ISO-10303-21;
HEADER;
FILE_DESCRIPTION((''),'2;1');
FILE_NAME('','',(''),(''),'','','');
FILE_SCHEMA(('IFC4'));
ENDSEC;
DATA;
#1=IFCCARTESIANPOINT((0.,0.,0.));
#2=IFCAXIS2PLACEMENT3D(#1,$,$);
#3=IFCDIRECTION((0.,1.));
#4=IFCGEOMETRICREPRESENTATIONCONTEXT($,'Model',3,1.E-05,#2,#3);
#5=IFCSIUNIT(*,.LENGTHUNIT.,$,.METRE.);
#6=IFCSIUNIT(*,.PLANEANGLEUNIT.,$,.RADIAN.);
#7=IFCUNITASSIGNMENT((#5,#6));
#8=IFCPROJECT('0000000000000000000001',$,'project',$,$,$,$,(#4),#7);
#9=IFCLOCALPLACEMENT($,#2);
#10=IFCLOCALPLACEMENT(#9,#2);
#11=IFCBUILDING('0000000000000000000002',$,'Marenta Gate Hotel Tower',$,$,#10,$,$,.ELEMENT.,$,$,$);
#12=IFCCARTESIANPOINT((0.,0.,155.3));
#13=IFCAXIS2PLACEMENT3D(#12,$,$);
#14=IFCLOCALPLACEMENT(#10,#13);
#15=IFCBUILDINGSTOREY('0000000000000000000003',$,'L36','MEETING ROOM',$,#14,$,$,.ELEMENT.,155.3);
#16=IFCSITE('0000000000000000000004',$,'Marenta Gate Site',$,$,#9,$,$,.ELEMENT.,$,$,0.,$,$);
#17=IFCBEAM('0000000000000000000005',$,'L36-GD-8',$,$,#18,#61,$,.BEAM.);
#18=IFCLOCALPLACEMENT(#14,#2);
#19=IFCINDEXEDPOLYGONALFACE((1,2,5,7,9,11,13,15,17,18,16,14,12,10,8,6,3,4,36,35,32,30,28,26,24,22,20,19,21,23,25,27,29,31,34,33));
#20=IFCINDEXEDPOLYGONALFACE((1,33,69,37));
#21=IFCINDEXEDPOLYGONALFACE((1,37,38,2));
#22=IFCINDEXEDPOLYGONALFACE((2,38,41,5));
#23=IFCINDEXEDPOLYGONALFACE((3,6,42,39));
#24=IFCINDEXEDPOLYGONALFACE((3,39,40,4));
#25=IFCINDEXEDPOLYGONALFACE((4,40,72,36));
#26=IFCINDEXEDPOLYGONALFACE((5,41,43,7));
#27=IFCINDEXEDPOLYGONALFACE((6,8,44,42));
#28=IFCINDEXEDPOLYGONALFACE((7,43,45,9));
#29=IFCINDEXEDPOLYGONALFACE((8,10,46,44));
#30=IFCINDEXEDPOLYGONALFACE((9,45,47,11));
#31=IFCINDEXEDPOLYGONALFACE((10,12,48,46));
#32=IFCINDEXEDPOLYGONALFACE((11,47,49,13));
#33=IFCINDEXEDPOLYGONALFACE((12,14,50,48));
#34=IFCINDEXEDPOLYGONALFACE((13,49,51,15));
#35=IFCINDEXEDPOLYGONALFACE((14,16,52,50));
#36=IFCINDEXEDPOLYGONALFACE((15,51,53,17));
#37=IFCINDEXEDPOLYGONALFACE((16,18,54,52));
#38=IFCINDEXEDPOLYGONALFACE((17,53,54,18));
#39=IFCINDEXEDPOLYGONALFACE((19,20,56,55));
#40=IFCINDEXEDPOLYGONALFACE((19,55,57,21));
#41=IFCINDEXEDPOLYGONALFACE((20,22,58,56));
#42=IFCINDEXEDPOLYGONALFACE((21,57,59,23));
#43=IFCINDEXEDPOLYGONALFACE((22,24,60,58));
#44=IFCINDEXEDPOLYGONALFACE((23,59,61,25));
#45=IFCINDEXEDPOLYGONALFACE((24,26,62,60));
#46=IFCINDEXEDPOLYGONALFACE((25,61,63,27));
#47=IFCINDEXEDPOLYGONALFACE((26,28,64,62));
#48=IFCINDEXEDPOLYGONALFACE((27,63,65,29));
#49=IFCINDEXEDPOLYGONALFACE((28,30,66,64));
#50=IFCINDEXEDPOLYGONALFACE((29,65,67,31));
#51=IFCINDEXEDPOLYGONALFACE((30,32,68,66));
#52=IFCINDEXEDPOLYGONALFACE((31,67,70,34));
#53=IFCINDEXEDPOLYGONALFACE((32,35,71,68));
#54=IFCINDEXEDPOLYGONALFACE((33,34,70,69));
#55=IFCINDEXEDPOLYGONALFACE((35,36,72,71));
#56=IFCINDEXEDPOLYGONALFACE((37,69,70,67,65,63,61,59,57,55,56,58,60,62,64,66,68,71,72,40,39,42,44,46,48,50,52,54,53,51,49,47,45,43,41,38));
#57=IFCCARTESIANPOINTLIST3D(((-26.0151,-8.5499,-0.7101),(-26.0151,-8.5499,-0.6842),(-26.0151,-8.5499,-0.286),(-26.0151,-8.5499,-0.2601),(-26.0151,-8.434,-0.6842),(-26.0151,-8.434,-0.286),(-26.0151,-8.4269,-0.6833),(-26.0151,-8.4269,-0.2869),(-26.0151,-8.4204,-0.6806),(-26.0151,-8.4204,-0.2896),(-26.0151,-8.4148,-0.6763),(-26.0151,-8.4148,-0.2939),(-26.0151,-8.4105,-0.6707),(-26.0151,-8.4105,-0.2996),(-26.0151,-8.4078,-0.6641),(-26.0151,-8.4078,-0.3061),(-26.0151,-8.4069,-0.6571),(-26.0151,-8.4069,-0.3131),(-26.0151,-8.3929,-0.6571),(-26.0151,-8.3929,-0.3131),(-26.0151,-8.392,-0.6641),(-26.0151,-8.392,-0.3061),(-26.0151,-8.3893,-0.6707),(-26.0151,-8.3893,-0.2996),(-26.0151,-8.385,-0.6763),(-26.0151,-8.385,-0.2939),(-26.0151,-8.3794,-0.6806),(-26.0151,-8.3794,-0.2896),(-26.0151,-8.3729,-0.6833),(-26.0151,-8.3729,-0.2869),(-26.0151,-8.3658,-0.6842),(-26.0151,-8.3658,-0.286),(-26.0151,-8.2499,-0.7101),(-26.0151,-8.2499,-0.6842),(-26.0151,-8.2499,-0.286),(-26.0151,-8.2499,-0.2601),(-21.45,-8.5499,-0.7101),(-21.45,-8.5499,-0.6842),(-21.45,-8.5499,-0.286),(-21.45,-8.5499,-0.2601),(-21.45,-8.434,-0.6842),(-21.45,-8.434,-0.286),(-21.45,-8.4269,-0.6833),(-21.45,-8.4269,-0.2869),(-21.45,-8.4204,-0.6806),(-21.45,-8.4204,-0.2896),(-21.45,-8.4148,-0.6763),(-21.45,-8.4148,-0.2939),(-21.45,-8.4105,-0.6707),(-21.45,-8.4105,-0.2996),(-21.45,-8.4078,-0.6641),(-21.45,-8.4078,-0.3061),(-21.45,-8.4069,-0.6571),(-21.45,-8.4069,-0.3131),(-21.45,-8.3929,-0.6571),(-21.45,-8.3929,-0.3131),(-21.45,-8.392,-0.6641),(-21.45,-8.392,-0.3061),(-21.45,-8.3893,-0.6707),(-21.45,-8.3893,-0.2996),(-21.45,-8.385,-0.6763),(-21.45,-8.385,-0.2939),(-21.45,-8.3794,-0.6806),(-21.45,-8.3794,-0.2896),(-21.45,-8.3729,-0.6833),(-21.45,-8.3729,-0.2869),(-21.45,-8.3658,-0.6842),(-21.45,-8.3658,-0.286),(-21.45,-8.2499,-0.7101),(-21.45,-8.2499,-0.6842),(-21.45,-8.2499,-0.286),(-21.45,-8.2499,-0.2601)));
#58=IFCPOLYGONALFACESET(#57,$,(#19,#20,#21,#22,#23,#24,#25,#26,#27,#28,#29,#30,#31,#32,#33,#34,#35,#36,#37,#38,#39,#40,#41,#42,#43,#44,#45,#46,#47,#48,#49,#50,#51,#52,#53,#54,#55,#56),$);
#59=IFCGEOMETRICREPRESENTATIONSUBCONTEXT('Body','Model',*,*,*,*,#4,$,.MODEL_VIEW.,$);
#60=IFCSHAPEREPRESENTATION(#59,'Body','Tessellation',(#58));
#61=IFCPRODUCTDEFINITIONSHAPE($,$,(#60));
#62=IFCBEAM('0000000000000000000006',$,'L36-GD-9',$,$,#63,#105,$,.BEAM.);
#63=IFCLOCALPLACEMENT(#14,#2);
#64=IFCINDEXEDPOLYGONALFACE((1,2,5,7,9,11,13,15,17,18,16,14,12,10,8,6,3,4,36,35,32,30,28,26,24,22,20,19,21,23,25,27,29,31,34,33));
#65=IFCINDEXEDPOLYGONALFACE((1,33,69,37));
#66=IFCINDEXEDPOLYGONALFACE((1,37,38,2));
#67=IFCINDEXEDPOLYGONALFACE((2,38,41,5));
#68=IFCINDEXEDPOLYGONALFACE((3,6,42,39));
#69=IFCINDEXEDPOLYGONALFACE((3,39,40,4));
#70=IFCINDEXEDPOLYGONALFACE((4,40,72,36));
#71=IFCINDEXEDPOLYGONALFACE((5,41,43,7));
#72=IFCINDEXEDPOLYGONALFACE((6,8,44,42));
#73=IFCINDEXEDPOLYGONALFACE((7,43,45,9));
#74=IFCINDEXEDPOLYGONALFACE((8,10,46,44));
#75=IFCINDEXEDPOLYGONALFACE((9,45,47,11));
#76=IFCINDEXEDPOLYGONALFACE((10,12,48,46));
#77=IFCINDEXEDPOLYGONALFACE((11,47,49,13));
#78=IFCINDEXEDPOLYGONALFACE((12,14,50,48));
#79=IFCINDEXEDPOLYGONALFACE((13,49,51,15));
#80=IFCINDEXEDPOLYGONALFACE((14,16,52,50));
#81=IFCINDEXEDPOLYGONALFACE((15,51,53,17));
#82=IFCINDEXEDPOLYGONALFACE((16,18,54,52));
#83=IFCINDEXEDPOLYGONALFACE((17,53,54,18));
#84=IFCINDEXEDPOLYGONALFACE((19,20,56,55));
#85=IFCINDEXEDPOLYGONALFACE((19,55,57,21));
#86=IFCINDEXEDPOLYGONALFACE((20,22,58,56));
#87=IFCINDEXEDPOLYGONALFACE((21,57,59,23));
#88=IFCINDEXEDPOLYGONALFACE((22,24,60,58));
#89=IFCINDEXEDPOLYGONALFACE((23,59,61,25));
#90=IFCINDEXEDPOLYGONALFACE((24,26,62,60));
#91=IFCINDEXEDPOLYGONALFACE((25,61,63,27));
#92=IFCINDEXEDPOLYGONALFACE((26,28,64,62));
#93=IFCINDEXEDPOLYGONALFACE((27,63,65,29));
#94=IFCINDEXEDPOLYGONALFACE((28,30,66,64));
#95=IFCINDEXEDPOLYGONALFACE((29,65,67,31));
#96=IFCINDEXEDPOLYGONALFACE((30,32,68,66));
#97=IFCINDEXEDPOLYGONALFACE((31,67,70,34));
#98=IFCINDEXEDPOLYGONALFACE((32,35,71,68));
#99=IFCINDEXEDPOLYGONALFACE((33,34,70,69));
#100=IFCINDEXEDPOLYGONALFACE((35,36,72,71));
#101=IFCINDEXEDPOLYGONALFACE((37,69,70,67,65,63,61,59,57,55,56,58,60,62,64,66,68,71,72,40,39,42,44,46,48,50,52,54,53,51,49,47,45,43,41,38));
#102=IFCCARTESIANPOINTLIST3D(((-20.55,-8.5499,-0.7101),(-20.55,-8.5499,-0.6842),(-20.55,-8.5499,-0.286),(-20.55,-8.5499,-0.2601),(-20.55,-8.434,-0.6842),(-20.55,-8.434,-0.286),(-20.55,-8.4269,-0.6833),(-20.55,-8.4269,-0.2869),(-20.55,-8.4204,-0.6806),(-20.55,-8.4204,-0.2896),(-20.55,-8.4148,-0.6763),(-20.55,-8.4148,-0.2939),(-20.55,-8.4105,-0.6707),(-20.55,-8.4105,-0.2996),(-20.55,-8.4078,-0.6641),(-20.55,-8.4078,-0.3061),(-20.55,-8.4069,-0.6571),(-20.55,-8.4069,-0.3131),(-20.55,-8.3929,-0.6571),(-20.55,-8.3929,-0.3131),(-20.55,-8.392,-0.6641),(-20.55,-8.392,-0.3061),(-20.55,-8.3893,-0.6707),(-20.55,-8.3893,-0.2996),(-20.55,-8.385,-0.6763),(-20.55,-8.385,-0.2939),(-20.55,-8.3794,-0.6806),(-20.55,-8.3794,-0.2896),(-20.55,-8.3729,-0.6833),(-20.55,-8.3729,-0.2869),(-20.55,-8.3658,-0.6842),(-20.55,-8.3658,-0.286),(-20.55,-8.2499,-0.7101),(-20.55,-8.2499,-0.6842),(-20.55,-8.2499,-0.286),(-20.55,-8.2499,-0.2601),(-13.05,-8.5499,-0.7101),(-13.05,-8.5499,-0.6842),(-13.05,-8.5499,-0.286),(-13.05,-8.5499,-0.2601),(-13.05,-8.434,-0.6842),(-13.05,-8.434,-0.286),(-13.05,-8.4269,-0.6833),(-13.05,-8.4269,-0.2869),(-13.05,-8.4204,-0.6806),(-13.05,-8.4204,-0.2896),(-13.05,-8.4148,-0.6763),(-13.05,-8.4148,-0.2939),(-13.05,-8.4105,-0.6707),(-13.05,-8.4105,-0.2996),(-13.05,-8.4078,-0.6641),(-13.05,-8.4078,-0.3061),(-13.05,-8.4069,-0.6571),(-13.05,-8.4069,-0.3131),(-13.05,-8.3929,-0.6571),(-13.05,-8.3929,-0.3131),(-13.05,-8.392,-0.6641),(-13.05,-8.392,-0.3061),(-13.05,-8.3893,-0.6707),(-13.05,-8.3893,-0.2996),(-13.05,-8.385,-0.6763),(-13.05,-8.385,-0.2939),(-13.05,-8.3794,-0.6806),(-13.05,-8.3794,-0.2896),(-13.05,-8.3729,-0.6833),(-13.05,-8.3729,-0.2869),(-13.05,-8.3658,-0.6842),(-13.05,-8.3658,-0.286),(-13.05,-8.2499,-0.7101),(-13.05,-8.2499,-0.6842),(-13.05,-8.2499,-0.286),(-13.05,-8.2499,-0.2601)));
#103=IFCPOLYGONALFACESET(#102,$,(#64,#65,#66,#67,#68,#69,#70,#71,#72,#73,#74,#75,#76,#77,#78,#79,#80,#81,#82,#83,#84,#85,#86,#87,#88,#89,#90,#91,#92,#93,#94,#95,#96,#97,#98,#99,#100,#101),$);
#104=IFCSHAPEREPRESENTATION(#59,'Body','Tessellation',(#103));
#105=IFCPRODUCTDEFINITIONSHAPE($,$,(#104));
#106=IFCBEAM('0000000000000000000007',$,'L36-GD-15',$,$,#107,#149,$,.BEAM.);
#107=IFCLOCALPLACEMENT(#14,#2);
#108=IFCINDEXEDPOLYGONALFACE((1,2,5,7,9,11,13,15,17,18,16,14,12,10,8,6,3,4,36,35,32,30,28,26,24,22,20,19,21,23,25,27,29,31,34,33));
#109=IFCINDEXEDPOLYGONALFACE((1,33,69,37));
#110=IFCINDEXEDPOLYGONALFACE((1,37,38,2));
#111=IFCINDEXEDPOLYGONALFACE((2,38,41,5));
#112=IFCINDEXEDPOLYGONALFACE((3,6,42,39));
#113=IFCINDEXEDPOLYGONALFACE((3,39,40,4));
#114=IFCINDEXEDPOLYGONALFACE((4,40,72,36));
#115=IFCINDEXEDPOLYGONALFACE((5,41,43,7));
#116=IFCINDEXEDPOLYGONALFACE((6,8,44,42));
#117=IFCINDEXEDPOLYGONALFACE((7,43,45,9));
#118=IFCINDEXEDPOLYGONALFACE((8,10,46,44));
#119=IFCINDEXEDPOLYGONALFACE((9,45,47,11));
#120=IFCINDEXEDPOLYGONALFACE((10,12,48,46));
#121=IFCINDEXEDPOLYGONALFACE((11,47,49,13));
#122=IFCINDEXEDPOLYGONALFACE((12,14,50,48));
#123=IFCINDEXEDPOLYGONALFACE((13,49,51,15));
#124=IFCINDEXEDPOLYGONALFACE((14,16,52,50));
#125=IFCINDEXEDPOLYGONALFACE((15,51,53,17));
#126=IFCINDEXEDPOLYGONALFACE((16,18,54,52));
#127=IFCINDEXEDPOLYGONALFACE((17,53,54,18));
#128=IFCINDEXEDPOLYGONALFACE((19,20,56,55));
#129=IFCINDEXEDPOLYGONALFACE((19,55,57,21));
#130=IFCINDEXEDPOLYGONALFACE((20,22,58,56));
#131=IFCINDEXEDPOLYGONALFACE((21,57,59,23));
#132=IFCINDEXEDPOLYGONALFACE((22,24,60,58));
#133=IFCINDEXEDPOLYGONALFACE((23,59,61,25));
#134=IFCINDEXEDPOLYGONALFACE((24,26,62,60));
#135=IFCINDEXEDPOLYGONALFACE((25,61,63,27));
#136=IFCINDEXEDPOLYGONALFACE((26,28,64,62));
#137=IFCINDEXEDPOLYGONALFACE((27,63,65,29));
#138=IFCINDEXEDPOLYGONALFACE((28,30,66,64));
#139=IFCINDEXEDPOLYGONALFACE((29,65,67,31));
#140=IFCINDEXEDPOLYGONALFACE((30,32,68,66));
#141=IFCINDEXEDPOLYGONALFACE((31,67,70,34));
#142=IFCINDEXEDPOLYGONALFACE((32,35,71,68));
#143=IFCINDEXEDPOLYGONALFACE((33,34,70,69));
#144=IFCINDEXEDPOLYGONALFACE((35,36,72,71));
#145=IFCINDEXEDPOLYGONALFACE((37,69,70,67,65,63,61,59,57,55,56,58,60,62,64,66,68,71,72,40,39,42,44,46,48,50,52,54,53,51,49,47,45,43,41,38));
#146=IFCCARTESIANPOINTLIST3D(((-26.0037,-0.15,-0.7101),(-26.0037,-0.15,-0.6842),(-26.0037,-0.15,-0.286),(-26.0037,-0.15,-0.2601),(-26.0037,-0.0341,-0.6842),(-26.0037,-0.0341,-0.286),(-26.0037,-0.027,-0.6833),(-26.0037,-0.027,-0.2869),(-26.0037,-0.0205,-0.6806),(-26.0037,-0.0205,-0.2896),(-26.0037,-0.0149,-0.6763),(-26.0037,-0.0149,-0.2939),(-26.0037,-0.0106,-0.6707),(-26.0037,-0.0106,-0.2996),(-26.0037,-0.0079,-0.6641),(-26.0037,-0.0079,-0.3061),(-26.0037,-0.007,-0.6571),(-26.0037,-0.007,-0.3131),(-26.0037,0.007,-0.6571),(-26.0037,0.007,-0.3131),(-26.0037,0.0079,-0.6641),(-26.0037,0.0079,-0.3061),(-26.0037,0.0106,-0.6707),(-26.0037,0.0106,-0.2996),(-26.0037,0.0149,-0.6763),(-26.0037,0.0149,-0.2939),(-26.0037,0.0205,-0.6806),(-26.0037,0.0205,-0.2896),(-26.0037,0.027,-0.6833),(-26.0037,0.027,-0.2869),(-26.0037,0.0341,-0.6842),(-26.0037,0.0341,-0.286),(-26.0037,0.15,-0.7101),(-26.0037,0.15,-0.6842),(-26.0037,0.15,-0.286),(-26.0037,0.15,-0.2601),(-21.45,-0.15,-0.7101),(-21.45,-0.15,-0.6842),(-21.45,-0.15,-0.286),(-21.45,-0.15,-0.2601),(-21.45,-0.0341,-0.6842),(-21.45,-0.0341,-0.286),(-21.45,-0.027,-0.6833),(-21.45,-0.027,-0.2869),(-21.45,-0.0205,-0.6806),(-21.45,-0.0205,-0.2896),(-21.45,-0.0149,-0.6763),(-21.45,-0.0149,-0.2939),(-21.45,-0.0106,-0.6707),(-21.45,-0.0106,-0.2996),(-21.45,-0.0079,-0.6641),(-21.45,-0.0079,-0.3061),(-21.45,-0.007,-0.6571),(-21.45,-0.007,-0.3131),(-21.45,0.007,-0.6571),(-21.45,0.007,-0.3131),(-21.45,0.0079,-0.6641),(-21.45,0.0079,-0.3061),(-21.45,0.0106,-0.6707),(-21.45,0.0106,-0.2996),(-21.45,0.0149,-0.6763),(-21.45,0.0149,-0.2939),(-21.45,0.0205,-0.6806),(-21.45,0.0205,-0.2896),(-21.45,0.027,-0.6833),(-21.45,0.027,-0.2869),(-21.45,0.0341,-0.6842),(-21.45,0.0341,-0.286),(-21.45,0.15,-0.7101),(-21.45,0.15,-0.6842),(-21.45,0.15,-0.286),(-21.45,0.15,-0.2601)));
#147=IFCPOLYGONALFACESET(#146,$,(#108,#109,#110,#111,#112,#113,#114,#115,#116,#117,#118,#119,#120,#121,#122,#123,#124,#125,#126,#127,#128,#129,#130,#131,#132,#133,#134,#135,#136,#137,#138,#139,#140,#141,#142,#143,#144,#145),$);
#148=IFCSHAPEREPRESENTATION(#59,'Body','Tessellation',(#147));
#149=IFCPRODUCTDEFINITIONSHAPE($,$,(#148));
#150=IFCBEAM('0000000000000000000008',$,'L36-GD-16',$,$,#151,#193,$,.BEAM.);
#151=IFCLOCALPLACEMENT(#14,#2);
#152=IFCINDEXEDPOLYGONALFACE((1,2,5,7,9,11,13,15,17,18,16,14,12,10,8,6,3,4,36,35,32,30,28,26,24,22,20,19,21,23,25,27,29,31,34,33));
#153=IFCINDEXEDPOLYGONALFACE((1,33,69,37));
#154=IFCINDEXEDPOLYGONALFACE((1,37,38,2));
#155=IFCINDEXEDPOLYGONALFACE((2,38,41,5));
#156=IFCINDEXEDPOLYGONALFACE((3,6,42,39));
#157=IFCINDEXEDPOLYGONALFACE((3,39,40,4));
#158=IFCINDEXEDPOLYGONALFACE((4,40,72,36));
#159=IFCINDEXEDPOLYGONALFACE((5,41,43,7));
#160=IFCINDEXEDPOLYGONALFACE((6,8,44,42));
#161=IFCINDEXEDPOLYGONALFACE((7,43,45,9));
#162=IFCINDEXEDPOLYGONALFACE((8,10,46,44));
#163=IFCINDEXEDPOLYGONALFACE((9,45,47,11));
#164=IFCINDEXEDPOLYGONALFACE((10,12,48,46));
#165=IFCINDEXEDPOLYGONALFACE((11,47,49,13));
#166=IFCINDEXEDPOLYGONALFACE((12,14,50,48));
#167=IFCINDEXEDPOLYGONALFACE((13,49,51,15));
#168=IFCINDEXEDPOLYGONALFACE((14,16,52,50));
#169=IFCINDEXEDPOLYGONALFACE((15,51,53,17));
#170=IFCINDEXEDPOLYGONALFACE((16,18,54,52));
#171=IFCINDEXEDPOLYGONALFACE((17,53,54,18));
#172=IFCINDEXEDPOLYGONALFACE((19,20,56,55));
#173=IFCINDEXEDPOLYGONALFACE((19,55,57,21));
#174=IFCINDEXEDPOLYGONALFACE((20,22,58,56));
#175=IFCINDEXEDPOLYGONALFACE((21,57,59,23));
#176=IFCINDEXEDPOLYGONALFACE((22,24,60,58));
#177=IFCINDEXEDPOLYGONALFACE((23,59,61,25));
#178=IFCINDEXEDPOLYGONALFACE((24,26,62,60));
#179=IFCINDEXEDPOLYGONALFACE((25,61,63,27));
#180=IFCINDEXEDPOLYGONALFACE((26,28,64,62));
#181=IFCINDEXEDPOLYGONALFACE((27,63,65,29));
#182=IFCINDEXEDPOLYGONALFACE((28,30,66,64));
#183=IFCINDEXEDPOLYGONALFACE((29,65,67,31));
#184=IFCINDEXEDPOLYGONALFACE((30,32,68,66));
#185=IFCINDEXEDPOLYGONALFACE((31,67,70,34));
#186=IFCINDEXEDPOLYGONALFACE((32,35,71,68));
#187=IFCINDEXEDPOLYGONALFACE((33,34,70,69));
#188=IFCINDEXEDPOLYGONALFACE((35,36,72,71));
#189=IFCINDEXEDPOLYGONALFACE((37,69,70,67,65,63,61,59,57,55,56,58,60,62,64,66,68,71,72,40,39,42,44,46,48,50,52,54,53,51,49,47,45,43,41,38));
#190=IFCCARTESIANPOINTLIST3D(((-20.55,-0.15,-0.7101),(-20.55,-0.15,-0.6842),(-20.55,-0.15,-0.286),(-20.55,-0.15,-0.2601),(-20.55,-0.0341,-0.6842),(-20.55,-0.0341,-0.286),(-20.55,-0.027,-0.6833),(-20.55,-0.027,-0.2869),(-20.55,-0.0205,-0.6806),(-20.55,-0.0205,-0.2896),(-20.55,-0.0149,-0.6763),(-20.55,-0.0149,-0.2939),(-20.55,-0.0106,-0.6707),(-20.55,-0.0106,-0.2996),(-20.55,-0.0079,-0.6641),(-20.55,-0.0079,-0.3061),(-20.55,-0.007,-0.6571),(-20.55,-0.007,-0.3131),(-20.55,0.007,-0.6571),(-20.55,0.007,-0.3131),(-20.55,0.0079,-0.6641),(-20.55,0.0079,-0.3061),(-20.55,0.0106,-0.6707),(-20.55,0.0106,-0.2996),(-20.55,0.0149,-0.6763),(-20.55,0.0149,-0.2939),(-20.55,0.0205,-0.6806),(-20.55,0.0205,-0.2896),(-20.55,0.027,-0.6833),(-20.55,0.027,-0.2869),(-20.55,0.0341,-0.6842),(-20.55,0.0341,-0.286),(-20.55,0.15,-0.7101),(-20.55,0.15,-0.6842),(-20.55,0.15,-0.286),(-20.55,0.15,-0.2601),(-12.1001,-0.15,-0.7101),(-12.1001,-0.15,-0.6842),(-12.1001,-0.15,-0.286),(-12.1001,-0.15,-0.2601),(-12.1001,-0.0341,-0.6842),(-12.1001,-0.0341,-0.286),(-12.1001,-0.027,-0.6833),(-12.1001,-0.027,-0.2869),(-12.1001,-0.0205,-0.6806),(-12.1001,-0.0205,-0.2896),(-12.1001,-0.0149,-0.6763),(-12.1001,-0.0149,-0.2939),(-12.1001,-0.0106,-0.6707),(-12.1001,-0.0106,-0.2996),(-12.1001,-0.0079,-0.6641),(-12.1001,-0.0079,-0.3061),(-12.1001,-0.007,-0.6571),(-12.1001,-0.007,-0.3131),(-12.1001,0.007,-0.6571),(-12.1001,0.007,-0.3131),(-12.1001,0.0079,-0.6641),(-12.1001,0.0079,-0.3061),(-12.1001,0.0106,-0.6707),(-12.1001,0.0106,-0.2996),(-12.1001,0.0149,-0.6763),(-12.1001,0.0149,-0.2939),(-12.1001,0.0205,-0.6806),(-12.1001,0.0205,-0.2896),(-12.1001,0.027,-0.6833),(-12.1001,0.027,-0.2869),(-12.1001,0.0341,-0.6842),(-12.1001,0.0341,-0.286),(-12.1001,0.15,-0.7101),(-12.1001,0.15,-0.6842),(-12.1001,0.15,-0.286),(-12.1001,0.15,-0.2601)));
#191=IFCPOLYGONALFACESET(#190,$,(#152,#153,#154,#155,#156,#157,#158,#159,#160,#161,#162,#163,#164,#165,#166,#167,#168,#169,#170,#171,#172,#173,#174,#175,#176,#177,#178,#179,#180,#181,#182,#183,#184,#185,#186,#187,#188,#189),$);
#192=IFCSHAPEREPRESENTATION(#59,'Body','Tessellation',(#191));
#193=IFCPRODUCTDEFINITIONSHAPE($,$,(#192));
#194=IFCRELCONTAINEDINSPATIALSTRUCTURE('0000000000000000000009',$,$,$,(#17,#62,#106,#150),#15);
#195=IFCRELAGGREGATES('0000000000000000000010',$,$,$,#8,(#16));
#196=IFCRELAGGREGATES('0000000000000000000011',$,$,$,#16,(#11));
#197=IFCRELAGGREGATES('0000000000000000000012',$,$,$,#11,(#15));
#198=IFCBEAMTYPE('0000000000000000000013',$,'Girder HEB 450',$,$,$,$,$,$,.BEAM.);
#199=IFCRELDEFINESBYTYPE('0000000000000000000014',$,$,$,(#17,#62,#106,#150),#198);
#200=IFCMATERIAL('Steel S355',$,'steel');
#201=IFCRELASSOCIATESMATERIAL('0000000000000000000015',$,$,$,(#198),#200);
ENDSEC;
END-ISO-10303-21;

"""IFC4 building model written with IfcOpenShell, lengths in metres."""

from ifc_helpers import new_model, si_unit, direction, frame, origin, origin_2d, place, context, subcontext, project, spatial, i_section, extrude, material, material_profile, profile_set, type_object, element, save


model = new_model("IFC4")

# Units and contexts
model_context = context("Model", 3, precision=1e-05, world=origin(), true_north=direction((0.0, 1.0)))
body_context = subcontext(model_context, "Body", "Model", "MODEL_VIEW")
ifc_project = project(units=[si_unit("LENGTHUNIT", "METRE"), si_unit("PLANEANGLEUNIT", "RADIAN")], contexts=[model_context])

# Site, building, storey
site_placement = place(None, origin())
site = spatial("IfcSite", under=ifc_project, at=site_placement, Name="Marenta Gate Site", CompositionType="ELEMENT", RefElevation=0.0)
building_placement = place(site_placement, origin())
building = spatial("IfcBuilding", under=site, at=building_placement, Name="Marenta Gate Hotel Tower", CompositionType="ELEMENT")
storey_placement = place(building_placement, frame((0.0, 0.0, 155.3)))
storey = spatial("IfcBuildingStorey", under=building, at=storey_placement, Name="L36", Description="MEETING ROOM", CompositionType="ELEMENT", Elevation=155.3)

# Beams
ifc_material_1 = material(Name="Steel S355", Category="steel")
ifc_material_profile_1 = material_profile(ifc_material_1, i_section(OverallWidth=0.3, OverallDepth=0.45, WebThickness=0.0139, FlangeThickness=0.0259, FilletRadius=0.0271, at=origin_2d()), Name="HEB 450")
ifc_profile_set_1 = profile_set([ifc_material_profile_1], Name="Steel S355")
beam_type_1 = type_object("IfcBeamType", Name="Girder HEB 450", PredefinedType="BEAM", material=ifc_profile_set_1)
beam_1_placement = place(storey_placement, frame((-26.0151, -8.3999, -0.4851), z_axis=(1.0, 0.0, 0.0), x_axis=(0.0, 1.0, 0.0)))
element("IfcBeam", 1, at=beam_1_placement, inside=storey, type_object=beam_type_1, Name="L36-GD-8", PredefinedType="BEAM", context=body_context, shape_type="SweptSolid", body=[
    extrude(i_section(OverallWidth=0.3, OverallDepth=0.45, WebThickness=0.0139, FlangeThickness=0.0259, FilletRadius=0.0271, at=origin_2d()), origin(), (0.0, 0.0, 1.0), 4.5652),
])
beam_2_placement = place(storey_placement, frame((-20.55, -8.3999, -0.4851), z_axis=(1.0, 0.0, 0.0), x_axis=(0.0, 1.0, 0.0)))
element("IfcBeam", 2, at=beam_2_placement, inside=storey, type_object=beam_type_1, Name="L36-GD-9", PredefinedType="BEAM", context=body_context, shape_type="SweptSolid", body=[
    extrude(i_section(OverallWidth=0.3, OverallDepth=0.45, WebThickness=0.0139, FlangeThickness=0.0259, FilletRadius=0.0271, at=origin_2d()), origin(), (0.0, 0.0, 1.0), 7.5),
])
beam_3_placement = place(storey_placement, frame((-26.0037, 0.0, -0.4851), z_axis=(1.0, 0.0, 0.0), x_axis=(0.0, 1.0, 0.0)))
element("IfcBeam", 3, at=beam_3_placement, inside=storey, type_object=beam_type_1, Name="L36-GD-15", PredefinedType="BEAM", context=body_context, shape_type="SweptSolid", body=[
    extrude(i_section(OverallWidth=0.3, OverallDepth=0.45, WebThickness=0.0139, FlangeThickness=0.0259, FilletRadius=0.0271, at=origin_2d()), origin(), (0.0, 0.0, 1.0), 4.5537),
])
beam_4_placement = place(storey_placement, frame((-20.55, 0.0, -0.4851), z_axis=(1.0, 0.0, 0.0), x_axis=(0.0, 1.0, 0.0)))
element("IfcBeam", 4, at=beam_4_placement, inside=storey, type_object=beam_type_1, Name="L36-GD-16", PredefinedType="BEAM", context=body_context, shape_type="SweptSolid", body=[
    extrude(i_section(OverallWidth=0.3, OverallDepth=0.45, WebThickness=0.0139, FlangeThickness=0.0259, FilletRadius=0.0271, at=origin_2d()), origin(), (0.0, 0.0, 1.0), 8.45),
])

save(model, "model.ifc")
